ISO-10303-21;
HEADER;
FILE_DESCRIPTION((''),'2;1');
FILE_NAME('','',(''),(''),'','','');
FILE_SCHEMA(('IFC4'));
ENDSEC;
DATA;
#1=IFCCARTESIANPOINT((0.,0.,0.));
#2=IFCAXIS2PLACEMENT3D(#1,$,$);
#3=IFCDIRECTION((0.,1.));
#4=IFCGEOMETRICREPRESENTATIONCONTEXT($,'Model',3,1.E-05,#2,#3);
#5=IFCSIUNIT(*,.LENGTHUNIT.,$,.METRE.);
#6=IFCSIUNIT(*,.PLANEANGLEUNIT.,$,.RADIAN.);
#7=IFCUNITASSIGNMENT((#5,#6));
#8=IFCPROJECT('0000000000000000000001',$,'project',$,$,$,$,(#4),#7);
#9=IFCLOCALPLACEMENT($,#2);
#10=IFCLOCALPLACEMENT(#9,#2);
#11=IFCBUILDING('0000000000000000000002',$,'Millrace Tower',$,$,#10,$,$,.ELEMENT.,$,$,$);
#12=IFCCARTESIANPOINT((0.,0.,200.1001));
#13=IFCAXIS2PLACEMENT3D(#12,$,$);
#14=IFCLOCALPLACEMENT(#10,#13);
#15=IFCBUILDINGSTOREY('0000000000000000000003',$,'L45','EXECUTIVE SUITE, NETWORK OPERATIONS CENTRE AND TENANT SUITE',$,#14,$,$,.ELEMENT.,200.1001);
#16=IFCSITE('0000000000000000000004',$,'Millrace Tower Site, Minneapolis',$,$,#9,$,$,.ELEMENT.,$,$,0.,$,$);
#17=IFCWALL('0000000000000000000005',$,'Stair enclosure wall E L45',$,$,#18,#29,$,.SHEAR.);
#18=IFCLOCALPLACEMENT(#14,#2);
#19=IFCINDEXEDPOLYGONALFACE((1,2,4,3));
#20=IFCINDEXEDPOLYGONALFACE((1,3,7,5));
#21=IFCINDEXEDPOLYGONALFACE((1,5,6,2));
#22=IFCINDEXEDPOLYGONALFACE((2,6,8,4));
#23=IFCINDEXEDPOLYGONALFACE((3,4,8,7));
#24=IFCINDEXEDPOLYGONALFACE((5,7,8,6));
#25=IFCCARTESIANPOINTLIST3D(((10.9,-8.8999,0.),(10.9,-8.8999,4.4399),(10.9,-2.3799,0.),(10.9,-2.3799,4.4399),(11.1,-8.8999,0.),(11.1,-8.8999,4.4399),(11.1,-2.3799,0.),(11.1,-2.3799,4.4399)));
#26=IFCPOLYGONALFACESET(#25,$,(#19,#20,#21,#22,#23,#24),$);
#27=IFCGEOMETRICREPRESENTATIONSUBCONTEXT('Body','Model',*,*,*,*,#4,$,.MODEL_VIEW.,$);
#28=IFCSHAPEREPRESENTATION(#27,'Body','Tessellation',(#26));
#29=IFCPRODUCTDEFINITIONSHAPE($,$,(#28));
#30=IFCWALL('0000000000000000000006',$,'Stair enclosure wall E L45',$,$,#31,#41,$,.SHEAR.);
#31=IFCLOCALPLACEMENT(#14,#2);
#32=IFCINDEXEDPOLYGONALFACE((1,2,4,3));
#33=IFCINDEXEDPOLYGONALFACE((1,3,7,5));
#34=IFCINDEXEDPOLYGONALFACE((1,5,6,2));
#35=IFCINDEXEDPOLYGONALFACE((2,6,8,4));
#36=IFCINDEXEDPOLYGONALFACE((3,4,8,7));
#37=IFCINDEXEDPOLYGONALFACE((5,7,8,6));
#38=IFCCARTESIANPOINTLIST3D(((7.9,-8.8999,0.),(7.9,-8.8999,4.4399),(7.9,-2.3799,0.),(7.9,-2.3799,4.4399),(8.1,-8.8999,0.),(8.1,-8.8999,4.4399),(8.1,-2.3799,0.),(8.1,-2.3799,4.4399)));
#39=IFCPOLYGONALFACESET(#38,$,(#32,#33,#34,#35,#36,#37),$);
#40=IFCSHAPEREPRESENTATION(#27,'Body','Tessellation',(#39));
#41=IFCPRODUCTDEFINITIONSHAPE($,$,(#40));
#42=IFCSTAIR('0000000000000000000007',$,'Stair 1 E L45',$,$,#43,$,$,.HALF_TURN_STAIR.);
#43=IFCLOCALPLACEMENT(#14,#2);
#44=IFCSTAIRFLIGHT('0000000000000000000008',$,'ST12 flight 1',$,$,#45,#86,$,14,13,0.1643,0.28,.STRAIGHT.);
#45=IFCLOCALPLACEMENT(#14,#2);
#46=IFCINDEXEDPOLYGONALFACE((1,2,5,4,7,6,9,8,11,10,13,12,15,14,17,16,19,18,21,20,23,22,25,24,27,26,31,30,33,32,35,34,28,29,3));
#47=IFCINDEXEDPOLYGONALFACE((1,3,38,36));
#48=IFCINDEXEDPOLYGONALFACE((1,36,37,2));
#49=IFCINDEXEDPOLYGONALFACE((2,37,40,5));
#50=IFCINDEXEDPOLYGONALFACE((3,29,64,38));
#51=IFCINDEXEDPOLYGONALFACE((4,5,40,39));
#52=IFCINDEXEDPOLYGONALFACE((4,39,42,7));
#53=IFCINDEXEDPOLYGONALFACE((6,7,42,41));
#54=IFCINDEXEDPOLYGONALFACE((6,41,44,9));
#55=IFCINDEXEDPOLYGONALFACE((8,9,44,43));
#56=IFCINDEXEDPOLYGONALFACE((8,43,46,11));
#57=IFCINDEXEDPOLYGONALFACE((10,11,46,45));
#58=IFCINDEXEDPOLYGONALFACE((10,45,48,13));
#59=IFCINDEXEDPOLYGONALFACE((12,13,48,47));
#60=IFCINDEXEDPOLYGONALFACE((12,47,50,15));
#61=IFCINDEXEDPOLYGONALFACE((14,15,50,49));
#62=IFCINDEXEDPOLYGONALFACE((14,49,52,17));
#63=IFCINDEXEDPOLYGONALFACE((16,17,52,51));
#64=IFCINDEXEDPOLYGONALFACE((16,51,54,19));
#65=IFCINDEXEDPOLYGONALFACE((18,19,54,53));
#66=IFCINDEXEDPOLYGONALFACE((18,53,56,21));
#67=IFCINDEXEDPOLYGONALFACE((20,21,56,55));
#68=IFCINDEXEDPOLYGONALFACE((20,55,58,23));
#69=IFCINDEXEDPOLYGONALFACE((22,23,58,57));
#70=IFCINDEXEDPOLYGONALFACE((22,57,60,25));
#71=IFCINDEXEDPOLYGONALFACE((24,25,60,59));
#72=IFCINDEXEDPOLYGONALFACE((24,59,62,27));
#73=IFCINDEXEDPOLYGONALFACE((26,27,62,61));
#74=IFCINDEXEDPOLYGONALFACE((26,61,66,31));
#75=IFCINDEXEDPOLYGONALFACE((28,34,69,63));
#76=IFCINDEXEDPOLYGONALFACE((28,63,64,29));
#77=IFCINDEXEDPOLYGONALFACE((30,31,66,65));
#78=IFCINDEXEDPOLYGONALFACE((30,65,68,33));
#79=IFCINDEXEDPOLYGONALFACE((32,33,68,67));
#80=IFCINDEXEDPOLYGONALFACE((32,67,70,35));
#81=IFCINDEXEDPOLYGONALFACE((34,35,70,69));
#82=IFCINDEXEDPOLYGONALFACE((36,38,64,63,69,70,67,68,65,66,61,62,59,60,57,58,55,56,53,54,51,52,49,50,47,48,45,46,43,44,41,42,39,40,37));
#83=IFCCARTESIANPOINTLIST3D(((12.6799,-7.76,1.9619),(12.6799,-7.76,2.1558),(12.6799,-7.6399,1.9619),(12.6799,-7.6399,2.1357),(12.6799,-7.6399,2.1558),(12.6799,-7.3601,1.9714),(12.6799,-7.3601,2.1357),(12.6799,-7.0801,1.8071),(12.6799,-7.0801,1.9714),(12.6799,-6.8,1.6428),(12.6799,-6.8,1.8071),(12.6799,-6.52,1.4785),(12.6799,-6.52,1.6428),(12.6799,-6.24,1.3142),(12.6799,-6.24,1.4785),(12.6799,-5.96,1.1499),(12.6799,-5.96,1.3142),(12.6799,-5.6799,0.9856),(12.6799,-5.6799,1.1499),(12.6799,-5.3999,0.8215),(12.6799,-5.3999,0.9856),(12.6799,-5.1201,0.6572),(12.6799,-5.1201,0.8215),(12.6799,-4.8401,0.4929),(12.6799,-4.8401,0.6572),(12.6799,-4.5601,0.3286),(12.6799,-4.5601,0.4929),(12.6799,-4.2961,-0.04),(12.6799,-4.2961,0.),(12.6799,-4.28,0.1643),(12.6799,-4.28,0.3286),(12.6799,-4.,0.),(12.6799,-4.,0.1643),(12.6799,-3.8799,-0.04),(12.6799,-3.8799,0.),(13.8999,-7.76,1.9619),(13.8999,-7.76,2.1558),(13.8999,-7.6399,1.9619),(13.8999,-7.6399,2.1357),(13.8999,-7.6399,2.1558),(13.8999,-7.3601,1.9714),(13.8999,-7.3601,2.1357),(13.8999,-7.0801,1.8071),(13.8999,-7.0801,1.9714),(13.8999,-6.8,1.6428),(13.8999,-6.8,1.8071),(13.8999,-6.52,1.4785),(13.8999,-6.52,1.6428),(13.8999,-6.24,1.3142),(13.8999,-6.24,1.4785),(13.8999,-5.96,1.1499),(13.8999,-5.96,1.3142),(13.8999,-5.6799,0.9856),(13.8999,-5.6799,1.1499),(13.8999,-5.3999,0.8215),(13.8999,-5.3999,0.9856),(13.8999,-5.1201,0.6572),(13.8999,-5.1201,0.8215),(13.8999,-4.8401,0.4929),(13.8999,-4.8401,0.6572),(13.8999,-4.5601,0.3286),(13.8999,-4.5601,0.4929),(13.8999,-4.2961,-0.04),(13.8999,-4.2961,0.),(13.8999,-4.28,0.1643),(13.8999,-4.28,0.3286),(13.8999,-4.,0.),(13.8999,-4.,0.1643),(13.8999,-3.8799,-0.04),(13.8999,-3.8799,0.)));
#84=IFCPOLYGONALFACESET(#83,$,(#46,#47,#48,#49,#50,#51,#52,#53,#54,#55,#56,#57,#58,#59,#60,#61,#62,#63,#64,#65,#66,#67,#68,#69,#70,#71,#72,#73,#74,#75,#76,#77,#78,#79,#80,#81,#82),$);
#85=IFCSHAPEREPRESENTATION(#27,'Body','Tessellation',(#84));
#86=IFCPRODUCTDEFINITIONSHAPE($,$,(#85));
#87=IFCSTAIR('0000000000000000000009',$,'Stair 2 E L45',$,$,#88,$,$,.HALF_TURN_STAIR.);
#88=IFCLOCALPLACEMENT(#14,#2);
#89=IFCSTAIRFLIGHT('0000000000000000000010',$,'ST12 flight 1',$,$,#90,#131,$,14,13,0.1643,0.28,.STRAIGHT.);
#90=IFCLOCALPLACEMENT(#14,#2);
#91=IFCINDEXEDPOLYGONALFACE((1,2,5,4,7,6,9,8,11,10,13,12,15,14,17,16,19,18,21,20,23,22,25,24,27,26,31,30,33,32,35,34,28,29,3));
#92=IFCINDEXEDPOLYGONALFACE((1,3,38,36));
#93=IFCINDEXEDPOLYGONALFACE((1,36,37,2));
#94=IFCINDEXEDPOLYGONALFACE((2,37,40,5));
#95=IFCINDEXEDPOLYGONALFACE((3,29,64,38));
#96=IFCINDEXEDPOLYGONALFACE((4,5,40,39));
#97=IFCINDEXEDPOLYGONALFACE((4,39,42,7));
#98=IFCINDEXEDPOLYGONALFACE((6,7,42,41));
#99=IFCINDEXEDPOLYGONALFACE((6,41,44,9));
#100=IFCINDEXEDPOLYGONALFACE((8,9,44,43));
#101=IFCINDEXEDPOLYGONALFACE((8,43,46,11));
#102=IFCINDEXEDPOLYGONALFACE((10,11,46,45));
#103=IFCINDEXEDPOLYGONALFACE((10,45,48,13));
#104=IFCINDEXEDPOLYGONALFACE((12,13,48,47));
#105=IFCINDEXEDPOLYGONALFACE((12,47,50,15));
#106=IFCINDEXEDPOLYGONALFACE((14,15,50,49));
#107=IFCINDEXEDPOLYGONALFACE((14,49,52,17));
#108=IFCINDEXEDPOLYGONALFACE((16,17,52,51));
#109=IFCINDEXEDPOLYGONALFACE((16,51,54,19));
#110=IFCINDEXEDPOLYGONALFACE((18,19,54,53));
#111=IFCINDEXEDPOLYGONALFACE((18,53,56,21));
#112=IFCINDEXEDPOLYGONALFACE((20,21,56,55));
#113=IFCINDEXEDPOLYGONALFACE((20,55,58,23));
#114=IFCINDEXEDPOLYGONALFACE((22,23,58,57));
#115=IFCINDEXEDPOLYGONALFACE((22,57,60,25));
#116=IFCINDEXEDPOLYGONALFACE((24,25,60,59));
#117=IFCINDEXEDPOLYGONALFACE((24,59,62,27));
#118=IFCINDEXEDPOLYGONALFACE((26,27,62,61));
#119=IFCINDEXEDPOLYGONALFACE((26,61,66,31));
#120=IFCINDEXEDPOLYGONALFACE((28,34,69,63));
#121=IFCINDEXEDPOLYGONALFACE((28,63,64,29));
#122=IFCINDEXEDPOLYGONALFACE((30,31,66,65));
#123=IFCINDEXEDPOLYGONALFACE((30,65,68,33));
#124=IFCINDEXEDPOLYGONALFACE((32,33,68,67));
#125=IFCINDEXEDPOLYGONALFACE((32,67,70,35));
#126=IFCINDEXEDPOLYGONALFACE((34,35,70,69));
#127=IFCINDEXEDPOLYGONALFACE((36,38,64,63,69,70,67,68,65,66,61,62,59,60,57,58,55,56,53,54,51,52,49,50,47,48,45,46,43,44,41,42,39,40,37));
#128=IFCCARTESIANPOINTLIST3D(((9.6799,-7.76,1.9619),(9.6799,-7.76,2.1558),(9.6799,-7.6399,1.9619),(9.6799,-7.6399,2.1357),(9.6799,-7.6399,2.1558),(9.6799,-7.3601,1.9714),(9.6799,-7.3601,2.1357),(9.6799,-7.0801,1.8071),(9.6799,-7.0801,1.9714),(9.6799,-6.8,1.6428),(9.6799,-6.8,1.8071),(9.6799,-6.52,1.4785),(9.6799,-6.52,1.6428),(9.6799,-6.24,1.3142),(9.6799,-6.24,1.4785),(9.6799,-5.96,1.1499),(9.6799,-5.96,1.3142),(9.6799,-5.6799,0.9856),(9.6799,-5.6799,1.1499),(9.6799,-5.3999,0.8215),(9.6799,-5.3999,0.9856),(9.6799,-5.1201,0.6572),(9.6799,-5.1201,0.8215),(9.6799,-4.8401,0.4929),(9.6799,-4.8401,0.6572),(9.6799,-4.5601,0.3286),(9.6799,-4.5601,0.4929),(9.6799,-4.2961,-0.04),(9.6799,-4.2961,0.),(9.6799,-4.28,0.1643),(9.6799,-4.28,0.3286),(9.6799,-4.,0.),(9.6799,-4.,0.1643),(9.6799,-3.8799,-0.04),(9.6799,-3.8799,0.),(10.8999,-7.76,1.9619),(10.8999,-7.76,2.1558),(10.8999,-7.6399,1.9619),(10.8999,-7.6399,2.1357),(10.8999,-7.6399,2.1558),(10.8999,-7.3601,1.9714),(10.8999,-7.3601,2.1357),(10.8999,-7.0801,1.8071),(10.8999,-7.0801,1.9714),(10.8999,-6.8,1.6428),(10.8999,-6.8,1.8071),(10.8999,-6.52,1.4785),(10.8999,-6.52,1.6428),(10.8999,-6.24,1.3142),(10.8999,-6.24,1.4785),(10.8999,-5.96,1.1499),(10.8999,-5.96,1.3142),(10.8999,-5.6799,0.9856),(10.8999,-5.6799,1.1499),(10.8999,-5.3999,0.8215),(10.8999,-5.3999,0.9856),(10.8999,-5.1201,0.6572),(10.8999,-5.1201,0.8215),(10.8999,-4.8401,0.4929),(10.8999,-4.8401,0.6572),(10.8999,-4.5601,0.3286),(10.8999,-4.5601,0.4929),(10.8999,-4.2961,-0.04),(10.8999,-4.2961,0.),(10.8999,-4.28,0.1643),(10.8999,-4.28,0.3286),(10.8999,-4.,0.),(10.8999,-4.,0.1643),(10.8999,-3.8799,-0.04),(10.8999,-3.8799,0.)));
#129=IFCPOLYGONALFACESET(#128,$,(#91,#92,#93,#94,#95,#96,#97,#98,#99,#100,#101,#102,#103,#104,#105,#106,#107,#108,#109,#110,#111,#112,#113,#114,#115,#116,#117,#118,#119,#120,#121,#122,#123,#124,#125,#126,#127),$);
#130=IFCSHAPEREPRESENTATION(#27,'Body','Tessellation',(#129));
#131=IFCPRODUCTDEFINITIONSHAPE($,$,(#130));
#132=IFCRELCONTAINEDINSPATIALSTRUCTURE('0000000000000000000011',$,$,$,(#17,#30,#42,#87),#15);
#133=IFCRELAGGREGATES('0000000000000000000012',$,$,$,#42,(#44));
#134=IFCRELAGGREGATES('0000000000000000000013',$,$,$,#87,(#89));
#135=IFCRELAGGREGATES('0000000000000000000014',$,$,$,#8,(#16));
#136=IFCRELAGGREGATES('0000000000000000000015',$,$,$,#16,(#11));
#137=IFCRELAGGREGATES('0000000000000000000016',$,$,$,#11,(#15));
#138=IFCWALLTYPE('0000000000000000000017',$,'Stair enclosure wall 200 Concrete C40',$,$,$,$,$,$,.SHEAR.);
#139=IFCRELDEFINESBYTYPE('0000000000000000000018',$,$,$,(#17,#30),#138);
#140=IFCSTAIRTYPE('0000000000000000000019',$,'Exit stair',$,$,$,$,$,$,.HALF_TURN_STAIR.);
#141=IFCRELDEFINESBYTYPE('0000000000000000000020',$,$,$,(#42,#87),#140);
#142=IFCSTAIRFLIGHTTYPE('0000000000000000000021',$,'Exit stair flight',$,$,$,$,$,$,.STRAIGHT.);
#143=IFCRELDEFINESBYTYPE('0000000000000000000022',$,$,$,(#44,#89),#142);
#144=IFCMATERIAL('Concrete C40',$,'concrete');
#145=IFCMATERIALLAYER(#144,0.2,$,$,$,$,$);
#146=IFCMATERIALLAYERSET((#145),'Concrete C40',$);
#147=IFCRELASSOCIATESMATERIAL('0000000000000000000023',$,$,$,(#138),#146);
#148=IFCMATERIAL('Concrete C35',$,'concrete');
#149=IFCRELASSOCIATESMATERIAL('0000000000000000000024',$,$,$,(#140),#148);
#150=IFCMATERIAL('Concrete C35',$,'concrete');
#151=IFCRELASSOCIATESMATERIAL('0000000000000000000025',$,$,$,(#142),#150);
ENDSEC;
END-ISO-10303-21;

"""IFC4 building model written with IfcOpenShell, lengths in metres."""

from ifc_helpers import new_model, si_unit, direction, frame, frame_2d, origin, place, context, subcontext, project, spatial, polyline, rectangle, outline, extrude, material, layer, layer_set, type_object, element, aggregate, save


model = new_model("IFC4")

# Units and contexts
model_context = context("Model", 3, precision=1e-05, world=origin(), true_north=direction((0.0, 1.0)))
body_context = subcontext(model_context, "Body", "Model", "MODEL_VIEW")
ifc_project = project(units=[si_unit("LENGTHUNIT", "METRE"), si_unit("PLANEANGLEUNIT", "RADIAN")], contexts=[model_context])

# Site, building, storey
site_placement = place(None, origin())
site = spatial("IfcSite", under=ifc_project, at=site_placement, Name="Millrace Tower Site, Minneapolis", CompositionType="ELEMENT", RefElevation=0.0)
building_placement = place(site_placement, origin())
building = spatial("IfcBuilding", under=site, at=building_placement, Name="Millrace Tower", CompositionType="ELEMENT")
storey_placement = place(building_placement, frame((0.0, 0.0, 200.1001)))
storey = spatial("IfcBuildingStorey", under=building, at=storey_placement, Name="L45", Description="EXECUTIVE SUITE, NETWORK OPERATIONS CENTRE AND TENANT SUITE", CompositionType="ELEMENT", Elevation=200.1001)

# Shared definitions
ifc_material_1 = material(Name="Concrete C40", Category="concrete")
ifc_layer_1 = layer(ifc_material_1, 0.2)
ifc_layer_set_1 = layer_set([ifc_layer_1], Name="Concrete C40")
wall_type_1 = type_object("IfcWallType", Name="Stair enclosure wall 200 Concrete C40", PredefinedType="SHEAR", material=ifc_layer_set_1)

# Walls
for number, where, z_axis, x_axis, name in (
    (1, (11.0, -2.3799, 0.0), (0.0, 0.0, 1.0), (0.0, -1.0, 0.0), "Stair enclosure wall E L45"),
    (2, (8.0, -2.3799, 0.0), (0.0, 0.0, 1.0), (0.0, -1.0, 0.0), "Stair enclosure wall E L45"),
):
    element("IfcWall", number, at=place(storey_placement, frame(where, z_axis=z_axis, x_axis=x_axis)), inside=storey, type_object=wall_type_1, Name=name, PredefinedType="SHEAR", context=body_context, shape_type="SweptSolid", body=[
        extrude(rectangle(XDim=6.52, YDim=0.2, at=frame_2d((3.26, 0.0))), origin(), (0.0, 0.0, 1.0), 4.4399),
    ])

# Stairs, stair flights
ifc_material_2 = material(Name="Concrete C35", Category="concrete")
stair_type = type_object("IfcStairType", Name="Exit stair", PredefinedType="HALF_TURN_STAIR", material=ifc_material_2)
placement = place(storey_placement, origin())
stair_1 = element("IfcStair", 3, at=placement, inside=storey, type_object=stair_type, Name="Stair 1 E L45", PredefinedType="HALF_TURN_STAIR")
ifc_material_3 = material(Name="Concrete C35", Category="concrete")
stair_flight_type = type_object("IfcStairFlightType", Name="Exit stair flight", PredefinedType="STRAIGHT", material=ifc_material_3)
stair_flight_1_placement = place(storey_placement, frame((13.29, -4.0, 0.0), z_axis=(0.0, 0.0, 1.0), x_axis=(0.0, -1.0, 0.0)))
stair_flight_1 = element("IfcStairFlight", 4, at=stair_flight_1_placement, type_object=stair_flight_type, Name="ST12 flight 1", NumberOfRisers=14, NumberOfTreads=13, PredefinedType="STRAIGHT", RiserHeight=0.1643, TreadLength=0.28, context=body_context, shape_type="SweptSolid", body=[
    extrude(outline(polyline([(-0.1201, -0.04), (-0.1201, 0.0), (0.0, 0.0), (0.0, 0.1643), (0.28, 0.1643), (0.28, 0.3286), (0.5601, 0.3286), (0.5601, 0.4929), (0.8401, 0.4929), (0.8401, 0.6572), (1.1201, 0.6572), (1.1201, 0.8215), (1.3999, 0.8215), (1.3999, 0.9856), (1.6799, 0.9856), (1.6799, 1.1499), (1.96, 1.1499), (1.96, 1.3142), (2.24, 1.3142), (2.24, 1.4785), (2.52, 1.4785), (2.52, 1.6428), (2.8, 1.6428), (2.8, 1.8071), (3.0801, 1.8071), (3.0801, 1.9714), (3.3601, 1.9714), (3.3601, 2.1357), (3.6399, 2.1357), (3.6399, 2.1558), (3.76, 2.1558), (3.76, 1.9619), (3.6399, 1.9619), (0.2961, 0.0), (0.2961, -0.04), (-0.1201, -0.04)])), frame((0.0, 0.6099, 0.0), z_axis=(0.0, -1.0, 0.0), x_axis=(1.0, 0.0, 0.0)), (0.0, 0.0, 1.0), 1.22),
])
aggregate(stair_1, [stair_flight_1])
stair_2 = element("IfcStair", 5, at=placement, inside=storey, type_object=stair_type, Name="Stair 2 E L45", PredefinedType="HALF_TURN_STAIR")
stair_flight_2_placement = place(storey_placement, frame((10.29, -4.0, 0.0), z_axis=(0.0, 0.0, 1.0), x_axis=(0.0, -1.0, 0.0)))
stair_flight_2 = element("IfcStairFlight", 6, at=stair_flight_2_placement, type_object=stair_flight_type, Name="ST12 flight 1", NumberOfRisers=14, NumberOfTreads=13, PredefinedType="STRAIGHT", RiserHeight=0.1643, TreadLength=0.28, context=body_context, shape_type="SweptSolid", body=[
    extrude(outline(polyline([(-0.1201, -0.04), (-0.1201, 0.0), (0.0, 0.0), (0.0, 0.1643), (0.28, 0.1643), (0.28, 0.3286), (0.5601, 0.3286), (0.5601, 0.4929), (0.8401, 0.4929), (0.8401, 0.6572), (1.1201, 0.6572), (1.1201, 0.8215), (1.3999, 0.8215), (1.3999, 0.9856), (1.6799, 0.9856), (1.6799, 1.1499), (1.96, 1.1499), (1.96, 1.3142), (2.24, 1.3142), (2.24, 1.4785), (2.52, 1.4785), (2.52, 1.6428), (2.8, 1.6428), (2.8, 1.8071), (3.0801, 1.8071), (3.0801, 1.9714), (3.3601, 1.9714), (3.3601, 2.1357), (3.6399, 2.1357), (3.6399, 2.1558), (3.76, 2.1558), (3.76, 1.9619), (3.6399, 1.9619), (0.2961, 0.0), (0.2961, -0.04), (-0.1201, -0.04)])), frame((0.0, 0.6099, 0.0), z_axis=(0.0, -1.0, 0.0), x_axis=(1.0, 0.0, 0.0)), (0.0, 0.0, 1.0), 1.22),
])
aggregate(stair_2, [stair_flight_2])

save(model, "model.ifc")
